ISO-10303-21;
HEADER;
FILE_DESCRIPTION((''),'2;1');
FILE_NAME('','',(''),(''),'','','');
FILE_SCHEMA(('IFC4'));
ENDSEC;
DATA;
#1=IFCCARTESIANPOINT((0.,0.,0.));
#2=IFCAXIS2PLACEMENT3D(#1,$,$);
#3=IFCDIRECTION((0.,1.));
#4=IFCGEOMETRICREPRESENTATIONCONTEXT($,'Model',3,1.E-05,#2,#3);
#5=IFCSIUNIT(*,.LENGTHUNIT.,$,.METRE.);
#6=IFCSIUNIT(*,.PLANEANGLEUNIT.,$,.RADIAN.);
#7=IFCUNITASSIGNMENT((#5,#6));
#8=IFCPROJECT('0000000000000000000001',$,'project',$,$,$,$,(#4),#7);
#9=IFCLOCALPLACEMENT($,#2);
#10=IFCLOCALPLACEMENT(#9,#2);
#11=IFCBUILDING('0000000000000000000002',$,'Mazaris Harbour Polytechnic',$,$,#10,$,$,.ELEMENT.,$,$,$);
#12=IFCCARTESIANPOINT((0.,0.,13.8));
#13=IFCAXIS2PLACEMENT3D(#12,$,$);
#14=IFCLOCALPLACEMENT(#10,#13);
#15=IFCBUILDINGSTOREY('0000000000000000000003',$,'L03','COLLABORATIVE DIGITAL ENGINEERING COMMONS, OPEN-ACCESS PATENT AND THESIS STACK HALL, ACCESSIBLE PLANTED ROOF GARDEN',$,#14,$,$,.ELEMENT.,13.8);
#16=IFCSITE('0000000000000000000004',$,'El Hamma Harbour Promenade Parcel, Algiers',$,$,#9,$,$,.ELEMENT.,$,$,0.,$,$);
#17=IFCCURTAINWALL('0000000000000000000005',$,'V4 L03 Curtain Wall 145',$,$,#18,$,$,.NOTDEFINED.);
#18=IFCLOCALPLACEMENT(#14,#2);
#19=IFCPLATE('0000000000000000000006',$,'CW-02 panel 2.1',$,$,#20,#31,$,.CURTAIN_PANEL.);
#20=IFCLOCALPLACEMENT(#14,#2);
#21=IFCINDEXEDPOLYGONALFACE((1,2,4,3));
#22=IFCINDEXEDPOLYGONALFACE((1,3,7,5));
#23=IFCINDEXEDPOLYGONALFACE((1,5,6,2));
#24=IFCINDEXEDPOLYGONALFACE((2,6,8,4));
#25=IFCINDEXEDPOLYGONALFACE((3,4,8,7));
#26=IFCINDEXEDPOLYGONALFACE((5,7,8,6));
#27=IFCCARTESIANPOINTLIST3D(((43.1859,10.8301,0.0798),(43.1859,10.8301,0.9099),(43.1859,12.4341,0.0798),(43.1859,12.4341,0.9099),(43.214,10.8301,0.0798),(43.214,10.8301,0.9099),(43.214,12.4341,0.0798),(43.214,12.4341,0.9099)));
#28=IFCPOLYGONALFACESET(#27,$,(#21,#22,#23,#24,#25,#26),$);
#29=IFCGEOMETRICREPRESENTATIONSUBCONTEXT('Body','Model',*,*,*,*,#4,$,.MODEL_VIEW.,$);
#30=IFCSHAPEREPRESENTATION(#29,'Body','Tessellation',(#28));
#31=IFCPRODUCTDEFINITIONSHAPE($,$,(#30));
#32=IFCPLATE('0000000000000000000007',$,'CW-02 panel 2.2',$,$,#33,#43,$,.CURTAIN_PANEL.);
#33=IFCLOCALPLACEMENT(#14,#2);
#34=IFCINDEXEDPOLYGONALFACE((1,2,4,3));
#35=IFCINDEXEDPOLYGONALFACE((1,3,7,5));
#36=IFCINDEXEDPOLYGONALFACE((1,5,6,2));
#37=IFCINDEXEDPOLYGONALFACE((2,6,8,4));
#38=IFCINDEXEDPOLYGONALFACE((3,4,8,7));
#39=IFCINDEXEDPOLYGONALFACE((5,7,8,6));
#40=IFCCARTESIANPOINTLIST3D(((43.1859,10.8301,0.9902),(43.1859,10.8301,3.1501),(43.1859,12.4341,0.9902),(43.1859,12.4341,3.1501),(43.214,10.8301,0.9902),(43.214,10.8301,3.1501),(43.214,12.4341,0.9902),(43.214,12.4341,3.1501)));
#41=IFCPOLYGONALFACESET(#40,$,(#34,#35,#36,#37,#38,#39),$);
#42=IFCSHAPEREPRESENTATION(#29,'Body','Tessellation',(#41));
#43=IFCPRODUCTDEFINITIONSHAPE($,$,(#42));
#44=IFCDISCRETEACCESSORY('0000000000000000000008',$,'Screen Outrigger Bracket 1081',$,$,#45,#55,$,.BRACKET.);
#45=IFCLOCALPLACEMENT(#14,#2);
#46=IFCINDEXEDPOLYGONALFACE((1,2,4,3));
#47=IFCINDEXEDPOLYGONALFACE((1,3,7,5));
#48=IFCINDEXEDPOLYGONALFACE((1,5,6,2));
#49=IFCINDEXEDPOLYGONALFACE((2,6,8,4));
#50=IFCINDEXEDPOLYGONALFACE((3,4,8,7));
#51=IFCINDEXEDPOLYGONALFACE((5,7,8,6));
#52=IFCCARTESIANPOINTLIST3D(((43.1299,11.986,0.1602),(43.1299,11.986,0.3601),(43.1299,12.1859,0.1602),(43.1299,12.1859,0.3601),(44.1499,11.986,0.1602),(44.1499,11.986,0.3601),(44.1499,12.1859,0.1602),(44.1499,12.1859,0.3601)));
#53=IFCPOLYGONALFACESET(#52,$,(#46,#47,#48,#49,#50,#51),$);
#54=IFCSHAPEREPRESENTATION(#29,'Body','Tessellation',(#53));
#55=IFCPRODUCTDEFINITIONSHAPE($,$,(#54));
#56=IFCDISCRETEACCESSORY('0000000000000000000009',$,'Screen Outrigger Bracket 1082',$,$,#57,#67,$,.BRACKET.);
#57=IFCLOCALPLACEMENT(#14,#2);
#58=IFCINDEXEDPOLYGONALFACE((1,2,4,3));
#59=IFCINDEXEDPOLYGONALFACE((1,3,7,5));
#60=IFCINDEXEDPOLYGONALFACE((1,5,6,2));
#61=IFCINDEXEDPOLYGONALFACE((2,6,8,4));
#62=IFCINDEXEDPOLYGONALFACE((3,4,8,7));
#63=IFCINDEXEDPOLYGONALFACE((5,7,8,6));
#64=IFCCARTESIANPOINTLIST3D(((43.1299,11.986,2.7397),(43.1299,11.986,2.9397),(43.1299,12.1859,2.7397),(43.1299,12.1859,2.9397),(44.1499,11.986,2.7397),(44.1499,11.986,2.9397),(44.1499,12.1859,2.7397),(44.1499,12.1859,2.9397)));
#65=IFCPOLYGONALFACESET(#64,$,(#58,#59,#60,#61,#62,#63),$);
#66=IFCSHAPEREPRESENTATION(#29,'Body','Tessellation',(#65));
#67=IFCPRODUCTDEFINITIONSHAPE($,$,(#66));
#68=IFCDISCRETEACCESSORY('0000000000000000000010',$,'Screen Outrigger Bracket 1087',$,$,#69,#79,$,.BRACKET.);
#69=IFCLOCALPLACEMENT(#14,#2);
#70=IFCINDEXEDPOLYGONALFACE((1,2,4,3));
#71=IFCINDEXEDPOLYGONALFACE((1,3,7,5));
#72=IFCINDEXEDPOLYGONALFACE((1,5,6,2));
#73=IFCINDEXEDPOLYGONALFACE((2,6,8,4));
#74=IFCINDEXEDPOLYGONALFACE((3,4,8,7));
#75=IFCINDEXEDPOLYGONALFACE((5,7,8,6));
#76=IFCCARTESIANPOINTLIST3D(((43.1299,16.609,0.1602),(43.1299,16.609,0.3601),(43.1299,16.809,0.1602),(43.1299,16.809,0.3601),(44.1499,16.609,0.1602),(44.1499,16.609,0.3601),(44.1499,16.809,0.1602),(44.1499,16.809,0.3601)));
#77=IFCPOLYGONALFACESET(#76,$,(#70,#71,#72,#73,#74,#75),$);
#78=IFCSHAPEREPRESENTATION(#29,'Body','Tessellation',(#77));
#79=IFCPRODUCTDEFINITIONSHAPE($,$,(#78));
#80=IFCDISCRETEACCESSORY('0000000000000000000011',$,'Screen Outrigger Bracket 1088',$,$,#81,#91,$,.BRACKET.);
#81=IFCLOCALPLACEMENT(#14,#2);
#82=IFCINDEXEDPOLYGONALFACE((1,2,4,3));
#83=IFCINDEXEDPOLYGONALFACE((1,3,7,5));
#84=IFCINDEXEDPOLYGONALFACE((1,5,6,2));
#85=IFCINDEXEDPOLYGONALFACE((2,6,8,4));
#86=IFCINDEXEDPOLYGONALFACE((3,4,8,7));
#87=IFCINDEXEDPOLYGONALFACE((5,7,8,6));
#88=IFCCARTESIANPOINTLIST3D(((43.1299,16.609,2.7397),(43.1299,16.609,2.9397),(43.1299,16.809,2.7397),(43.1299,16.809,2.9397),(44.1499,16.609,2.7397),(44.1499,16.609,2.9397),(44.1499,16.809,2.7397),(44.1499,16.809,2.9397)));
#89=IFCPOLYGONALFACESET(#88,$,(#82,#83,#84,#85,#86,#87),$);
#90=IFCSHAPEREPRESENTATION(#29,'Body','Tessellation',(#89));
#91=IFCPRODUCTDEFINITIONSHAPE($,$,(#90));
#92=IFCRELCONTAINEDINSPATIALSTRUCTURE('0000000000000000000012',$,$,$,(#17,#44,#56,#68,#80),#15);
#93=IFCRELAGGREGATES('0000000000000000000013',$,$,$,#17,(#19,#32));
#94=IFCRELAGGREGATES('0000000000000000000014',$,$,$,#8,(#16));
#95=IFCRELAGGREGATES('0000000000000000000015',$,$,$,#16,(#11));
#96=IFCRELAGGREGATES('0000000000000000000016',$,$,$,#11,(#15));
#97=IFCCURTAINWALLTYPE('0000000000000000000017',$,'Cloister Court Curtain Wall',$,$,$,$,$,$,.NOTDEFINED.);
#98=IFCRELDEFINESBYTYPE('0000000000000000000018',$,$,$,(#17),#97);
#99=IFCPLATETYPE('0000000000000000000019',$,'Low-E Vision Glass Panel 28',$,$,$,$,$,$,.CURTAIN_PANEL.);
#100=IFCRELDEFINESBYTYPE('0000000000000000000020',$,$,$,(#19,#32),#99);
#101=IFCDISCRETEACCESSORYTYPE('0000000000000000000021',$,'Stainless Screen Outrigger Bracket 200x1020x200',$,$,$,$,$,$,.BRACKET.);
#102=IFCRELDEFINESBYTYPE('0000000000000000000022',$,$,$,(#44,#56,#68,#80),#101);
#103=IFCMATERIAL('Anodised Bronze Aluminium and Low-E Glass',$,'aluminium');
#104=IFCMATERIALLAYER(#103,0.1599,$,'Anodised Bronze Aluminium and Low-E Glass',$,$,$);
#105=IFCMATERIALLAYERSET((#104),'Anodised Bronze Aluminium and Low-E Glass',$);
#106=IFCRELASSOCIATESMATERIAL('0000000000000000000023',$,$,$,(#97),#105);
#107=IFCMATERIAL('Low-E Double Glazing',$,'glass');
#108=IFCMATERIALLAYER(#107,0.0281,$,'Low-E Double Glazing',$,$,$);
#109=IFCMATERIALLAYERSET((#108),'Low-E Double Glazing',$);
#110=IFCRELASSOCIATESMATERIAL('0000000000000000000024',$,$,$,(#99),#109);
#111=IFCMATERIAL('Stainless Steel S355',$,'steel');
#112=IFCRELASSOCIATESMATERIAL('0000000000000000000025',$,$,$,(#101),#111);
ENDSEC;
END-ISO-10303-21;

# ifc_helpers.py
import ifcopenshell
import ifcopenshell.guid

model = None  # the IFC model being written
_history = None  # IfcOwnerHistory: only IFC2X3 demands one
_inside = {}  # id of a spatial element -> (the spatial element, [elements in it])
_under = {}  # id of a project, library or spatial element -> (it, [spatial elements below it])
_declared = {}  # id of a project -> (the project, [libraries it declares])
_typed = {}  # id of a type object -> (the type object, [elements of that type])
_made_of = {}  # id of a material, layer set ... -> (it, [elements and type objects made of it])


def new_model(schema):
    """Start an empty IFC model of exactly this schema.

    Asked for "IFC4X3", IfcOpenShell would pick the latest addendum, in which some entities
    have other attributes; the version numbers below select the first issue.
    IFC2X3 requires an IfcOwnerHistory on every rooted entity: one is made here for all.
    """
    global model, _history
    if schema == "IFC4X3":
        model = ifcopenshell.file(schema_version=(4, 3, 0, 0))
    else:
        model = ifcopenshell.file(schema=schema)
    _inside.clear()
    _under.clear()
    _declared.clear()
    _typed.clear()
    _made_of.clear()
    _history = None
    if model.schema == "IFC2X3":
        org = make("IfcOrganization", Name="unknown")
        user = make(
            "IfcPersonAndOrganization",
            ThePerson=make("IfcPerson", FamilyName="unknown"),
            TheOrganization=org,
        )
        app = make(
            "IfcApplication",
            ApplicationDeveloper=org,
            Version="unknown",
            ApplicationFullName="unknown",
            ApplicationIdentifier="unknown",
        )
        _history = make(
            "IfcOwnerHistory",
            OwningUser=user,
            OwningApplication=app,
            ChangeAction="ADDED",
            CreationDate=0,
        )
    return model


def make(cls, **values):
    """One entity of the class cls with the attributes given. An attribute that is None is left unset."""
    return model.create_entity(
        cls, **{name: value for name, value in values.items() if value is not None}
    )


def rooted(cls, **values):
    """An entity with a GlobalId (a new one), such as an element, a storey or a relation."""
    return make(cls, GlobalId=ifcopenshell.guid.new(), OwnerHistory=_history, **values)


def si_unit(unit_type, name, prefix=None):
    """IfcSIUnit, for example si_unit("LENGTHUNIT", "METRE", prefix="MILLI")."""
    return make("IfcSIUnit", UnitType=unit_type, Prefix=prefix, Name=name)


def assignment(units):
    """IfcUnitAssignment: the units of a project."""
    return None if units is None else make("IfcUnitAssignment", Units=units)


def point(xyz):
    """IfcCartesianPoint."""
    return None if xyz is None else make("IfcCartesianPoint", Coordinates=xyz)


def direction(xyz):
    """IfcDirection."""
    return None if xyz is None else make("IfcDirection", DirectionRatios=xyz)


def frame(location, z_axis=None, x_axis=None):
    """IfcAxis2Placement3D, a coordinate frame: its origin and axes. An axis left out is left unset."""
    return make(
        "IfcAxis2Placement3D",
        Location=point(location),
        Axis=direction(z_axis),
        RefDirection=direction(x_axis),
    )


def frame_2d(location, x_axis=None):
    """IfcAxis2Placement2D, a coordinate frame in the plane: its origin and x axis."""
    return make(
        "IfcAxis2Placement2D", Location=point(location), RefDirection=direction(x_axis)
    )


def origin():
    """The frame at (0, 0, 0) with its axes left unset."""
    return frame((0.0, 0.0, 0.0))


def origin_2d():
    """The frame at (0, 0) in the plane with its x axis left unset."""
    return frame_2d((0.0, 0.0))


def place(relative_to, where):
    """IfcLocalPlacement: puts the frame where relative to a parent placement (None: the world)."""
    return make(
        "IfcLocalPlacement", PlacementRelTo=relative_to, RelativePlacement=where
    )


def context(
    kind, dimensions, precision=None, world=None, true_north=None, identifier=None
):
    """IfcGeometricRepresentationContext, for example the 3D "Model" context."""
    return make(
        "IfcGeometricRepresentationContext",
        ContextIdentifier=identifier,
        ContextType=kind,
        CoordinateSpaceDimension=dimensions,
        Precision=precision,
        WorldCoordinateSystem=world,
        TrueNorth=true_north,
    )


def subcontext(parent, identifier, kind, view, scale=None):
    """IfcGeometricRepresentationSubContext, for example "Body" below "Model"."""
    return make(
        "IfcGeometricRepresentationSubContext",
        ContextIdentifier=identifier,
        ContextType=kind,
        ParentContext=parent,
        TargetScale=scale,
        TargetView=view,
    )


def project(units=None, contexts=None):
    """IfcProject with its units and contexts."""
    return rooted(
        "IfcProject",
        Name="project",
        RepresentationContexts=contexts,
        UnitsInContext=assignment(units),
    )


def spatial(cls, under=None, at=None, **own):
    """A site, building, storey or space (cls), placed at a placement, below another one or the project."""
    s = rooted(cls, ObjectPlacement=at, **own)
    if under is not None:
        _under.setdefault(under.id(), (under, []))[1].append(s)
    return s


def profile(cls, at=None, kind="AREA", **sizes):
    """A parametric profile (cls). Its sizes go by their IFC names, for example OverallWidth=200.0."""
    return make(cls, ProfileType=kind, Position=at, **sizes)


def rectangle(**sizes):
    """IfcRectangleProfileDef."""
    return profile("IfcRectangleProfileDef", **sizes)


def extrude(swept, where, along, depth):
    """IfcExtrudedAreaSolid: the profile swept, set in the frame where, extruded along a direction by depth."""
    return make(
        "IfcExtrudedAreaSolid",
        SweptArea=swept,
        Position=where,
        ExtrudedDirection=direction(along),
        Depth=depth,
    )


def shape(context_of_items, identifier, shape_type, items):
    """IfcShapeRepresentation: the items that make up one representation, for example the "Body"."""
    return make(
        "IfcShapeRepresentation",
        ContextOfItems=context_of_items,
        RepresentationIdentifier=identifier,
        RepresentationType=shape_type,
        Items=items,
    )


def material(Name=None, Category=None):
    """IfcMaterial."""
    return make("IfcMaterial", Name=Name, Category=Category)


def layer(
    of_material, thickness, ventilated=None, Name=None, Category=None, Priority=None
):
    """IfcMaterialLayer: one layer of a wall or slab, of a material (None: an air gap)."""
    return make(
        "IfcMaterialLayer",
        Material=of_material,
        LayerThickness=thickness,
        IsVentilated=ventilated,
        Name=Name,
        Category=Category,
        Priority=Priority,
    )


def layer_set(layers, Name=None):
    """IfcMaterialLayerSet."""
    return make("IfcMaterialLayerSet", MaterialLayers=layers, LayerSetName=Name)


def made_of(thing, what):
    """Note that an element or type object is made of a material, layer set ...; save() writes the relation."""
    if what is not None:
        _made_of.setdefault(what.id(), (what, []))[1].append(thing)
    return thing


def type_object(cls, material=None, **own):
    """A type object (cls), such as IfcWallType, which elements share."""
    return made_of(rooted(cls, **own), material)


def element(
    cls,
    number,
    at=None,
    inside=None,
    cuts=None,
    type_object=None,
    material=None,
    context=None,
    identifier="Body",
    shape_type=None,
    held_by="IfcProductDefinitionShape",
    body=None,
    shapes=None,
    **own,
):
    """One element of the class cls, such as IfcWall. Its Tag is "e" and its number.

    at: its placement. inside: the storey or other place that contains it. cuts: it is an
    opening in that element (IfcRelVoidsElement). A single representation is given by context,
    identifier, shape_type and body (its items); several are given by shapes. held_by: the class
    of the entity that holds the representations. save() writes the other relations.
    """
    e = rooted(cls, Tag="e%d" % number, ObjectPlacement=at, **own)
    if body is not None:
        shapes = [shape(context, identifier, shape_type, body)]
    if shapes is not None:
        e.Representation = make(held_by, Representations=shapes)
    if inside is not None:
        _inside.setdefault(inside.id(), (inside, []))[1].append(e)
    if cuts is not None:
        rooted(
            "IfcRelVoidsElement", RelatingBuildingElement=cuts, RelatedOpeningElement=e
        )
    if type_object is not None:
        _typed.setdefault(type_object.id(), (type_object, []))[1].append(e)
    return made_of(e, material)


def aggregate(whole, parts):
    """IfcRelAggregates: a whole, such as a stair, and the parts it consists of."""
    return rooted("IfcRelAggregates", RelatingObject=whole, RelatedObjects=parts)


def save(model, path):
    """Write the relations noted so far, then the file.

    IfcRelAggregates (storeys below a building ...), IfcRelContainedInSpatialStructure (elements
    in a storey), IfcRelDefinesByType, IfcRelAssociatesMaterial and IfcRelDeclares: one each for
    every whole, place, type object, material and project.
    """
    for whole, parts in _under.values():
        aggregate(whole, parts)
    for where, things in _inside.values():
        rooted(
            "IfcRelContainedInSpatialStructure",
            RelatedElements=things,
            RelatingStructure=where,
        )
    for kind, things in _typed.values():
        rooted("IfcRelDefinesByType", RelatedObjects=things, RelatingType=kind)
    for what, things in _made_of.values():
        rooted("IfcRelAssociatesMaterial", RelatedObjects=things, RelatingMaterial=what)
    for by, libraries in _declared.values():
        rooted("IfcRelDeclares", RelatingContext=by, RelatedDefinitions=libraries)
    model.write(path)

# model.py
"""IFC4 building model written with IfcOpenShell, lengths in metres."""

from ifc_helpers import new_model, si_unit, direction, frame, origin, origin_2d, place, context, subcontext, project, spatial, rectangle, extrude, material, layer, layer_set, type_object, element, aggregate, save


model = new_model("IFC4")

# Units and contexts
model_context = context("Model", 3, precision=1e-05, world=origin(), true_north=direction((0.0, 1.0)))
body_context = subcontext(model_context, "Body", "Model", "MODEL_VIEW")
ifc_project = project(units=[si_unit("LENGTHUNIT", "METRE"), si_unit("PLANEANGLEUNIT", "RADIAN")], contexts=[model_context])

# Site, building, storey
site_placement = place(None, origin())
site = spatial("IfcSite", under=ifc_project, at=site_placement, Name="El Hamma Harbour Promenade Parcel, Algiers", CompositionType="ELEMENT", RefElevation=0.0)
building_placement = place(site_placement, origin())
building = spatial("IfcBuilding", under=site, at=building_placement, Name="Mazaris Harbour Polytechnic", CompositionType="ELEMENT")
storey_placement = place(building_placement, frame((0.0, 0.0, 13.8)))
storey = spatial("IfcBuildingStorey", under=building, at=storey_placement, Name="L03", Description="COLLABORATIVE DIGITAL ENGINEERING COMMONS, OPEN-ACCESS PATENT AND THESIS STACK HALL, ACCESSIBLE PLANTED ROOF GARDEN", CompositionType="ELEMENT", Elevation=13.8)

# Curtain wall
ifc_material_1 = material(Name="Anodised Bronze Aluminium and Low-E Glass", Category="aluminium")
ifc_layer_1 = layer(ifc_material_1, 0.1599, Name="Anodised Bronze Aluminium and Low-E Glass")
ifc_layer_set_1 = layer_set([ifc_layer_1], Name="Anodised Bronze Aluminium and Low-E Glass")
curtain_wall_type = type_object("IfcCurtainWallType", Name="Cloister Court Curtain Wall", PredefinedType="NOTDEFINED", material=ifc_layer_set_1)
curtain_wall_placement = place(storey_placement, origin())
curtain_wall = element("IfcCurtainWall", 1, at=curtain_wall_placement, inside=storey, type_object=curtain_wall_type, Name="V4 L03 Curtain Wall 145", PredefinedType="NOTDEFINED")

# Plates
ifc_material_2 = material(Name="Low-E Double Glazing", Category="glass")
ifc_layer_2 = layer(ifc_material_2, 0.0281, Name="Low-E Double Glazing")
ifc_layer_set_2 = layer_set([ifc_layer_2], Name="Low-E Double Glazing")
plate_type = type_object("IfcPlateType", Name="Low-E Vision Glass Panel 28", PredefinedType="CURTAIN_PANEL", material=ifc_layer_set_2)
plate_1_placement = place(storey_placement, frame((43.2, 11.6321, 0.0798), z_axis=(0.0, 0.0, 1.0), x_axis=(0.0, -1.0, 0.0)))
plate_1 = element("IfcPlate", 2, at=plate_1_placement, type_object=plate_type, Name="CW-02 panel 2.1", PredefinedType="CURTAIN_PANEL", context=body_context, shape_type="SweptSolid", body=[
    extrude(rectangle(XDim=1.604, YDim=0.0281, at=origin_2d()), origin(), (0.0, 0.0, 1.0), 0.8301),
])
plate_2_placement = place(storey_placement, frame((43.2, 11.6321, 0.9902), z_axis=(0.0, 0.0, 1.0), x_axis=(0.0, -1.0, 0.0)))
plate_2 = element("IfcPlate", 3, at=plate_2_placement, type_object=plate_type, Name="CW-02 panel 2.2", PredefinedType="CURTAIN_PANEL", context=body_context, shape_type="SweptSolid", body=[
    extrude(rectangle(XDim=1.604, YDim=0.0281, at=origin_2d()), origin(), (0.0, 0.0, 1.0), 2.1599),
])
aggregate(curtain_wall, [plate_1, plate_2])

# Discrete accessories
ifc_material_3 = material(Name="Stainless Steel S355", Category="steel")
discrete_accessory_type = type_object("IfcDiscreteAccessoryType", Name="Stainless Screen Outrigger Bracket 200x1020x200", PredefinedType="BRACKET", material=ifc_material_3)
for number, where, z_axis, x_axis, name in (
    (4, (43.6399, 12.0859, 0.1602), (0.0, 0.0, 1.0), (0.0, -1.0, 0.0), "Screen Outrigger Bracket 1081"),
    (5, (43.6399, 12.0859, 2.7397), (0.0, 0.0, 1.0), (0.0, -1.0, 0.0), "Screen Outrigger Bracket 1082"),
    (6, (43.6399, 16.709, 0.1602), (0.0, 0.0, 1.0), (0.0, -1.0, 0.0), "Screen Outrigger Bracket 1087"),
    (7, (43.6399, 16.709, 2.7397), (0.0, 0.0, 1.0), (0.0, -1.0, 0.0), "Screen Outrigger Bracket 1088"),
):
    element("IfcDiscreteAccessory", number, at=place(storey_placement, frame(where, z_axis=z_axis, x_axis=x_axis)), inside=storey, type_object=discrete_accessory_type, Name=name, PredefinedType="BRACKET", context=body_context, shape_type="SweptSolid", body=[
        extrude(rectangle(XDim=0.2, YDim=1.02, at=origin_2d()), origin(), (0.0, 0.0, 1.0), 0.2),
    ])

save(model, "model.ifc")
